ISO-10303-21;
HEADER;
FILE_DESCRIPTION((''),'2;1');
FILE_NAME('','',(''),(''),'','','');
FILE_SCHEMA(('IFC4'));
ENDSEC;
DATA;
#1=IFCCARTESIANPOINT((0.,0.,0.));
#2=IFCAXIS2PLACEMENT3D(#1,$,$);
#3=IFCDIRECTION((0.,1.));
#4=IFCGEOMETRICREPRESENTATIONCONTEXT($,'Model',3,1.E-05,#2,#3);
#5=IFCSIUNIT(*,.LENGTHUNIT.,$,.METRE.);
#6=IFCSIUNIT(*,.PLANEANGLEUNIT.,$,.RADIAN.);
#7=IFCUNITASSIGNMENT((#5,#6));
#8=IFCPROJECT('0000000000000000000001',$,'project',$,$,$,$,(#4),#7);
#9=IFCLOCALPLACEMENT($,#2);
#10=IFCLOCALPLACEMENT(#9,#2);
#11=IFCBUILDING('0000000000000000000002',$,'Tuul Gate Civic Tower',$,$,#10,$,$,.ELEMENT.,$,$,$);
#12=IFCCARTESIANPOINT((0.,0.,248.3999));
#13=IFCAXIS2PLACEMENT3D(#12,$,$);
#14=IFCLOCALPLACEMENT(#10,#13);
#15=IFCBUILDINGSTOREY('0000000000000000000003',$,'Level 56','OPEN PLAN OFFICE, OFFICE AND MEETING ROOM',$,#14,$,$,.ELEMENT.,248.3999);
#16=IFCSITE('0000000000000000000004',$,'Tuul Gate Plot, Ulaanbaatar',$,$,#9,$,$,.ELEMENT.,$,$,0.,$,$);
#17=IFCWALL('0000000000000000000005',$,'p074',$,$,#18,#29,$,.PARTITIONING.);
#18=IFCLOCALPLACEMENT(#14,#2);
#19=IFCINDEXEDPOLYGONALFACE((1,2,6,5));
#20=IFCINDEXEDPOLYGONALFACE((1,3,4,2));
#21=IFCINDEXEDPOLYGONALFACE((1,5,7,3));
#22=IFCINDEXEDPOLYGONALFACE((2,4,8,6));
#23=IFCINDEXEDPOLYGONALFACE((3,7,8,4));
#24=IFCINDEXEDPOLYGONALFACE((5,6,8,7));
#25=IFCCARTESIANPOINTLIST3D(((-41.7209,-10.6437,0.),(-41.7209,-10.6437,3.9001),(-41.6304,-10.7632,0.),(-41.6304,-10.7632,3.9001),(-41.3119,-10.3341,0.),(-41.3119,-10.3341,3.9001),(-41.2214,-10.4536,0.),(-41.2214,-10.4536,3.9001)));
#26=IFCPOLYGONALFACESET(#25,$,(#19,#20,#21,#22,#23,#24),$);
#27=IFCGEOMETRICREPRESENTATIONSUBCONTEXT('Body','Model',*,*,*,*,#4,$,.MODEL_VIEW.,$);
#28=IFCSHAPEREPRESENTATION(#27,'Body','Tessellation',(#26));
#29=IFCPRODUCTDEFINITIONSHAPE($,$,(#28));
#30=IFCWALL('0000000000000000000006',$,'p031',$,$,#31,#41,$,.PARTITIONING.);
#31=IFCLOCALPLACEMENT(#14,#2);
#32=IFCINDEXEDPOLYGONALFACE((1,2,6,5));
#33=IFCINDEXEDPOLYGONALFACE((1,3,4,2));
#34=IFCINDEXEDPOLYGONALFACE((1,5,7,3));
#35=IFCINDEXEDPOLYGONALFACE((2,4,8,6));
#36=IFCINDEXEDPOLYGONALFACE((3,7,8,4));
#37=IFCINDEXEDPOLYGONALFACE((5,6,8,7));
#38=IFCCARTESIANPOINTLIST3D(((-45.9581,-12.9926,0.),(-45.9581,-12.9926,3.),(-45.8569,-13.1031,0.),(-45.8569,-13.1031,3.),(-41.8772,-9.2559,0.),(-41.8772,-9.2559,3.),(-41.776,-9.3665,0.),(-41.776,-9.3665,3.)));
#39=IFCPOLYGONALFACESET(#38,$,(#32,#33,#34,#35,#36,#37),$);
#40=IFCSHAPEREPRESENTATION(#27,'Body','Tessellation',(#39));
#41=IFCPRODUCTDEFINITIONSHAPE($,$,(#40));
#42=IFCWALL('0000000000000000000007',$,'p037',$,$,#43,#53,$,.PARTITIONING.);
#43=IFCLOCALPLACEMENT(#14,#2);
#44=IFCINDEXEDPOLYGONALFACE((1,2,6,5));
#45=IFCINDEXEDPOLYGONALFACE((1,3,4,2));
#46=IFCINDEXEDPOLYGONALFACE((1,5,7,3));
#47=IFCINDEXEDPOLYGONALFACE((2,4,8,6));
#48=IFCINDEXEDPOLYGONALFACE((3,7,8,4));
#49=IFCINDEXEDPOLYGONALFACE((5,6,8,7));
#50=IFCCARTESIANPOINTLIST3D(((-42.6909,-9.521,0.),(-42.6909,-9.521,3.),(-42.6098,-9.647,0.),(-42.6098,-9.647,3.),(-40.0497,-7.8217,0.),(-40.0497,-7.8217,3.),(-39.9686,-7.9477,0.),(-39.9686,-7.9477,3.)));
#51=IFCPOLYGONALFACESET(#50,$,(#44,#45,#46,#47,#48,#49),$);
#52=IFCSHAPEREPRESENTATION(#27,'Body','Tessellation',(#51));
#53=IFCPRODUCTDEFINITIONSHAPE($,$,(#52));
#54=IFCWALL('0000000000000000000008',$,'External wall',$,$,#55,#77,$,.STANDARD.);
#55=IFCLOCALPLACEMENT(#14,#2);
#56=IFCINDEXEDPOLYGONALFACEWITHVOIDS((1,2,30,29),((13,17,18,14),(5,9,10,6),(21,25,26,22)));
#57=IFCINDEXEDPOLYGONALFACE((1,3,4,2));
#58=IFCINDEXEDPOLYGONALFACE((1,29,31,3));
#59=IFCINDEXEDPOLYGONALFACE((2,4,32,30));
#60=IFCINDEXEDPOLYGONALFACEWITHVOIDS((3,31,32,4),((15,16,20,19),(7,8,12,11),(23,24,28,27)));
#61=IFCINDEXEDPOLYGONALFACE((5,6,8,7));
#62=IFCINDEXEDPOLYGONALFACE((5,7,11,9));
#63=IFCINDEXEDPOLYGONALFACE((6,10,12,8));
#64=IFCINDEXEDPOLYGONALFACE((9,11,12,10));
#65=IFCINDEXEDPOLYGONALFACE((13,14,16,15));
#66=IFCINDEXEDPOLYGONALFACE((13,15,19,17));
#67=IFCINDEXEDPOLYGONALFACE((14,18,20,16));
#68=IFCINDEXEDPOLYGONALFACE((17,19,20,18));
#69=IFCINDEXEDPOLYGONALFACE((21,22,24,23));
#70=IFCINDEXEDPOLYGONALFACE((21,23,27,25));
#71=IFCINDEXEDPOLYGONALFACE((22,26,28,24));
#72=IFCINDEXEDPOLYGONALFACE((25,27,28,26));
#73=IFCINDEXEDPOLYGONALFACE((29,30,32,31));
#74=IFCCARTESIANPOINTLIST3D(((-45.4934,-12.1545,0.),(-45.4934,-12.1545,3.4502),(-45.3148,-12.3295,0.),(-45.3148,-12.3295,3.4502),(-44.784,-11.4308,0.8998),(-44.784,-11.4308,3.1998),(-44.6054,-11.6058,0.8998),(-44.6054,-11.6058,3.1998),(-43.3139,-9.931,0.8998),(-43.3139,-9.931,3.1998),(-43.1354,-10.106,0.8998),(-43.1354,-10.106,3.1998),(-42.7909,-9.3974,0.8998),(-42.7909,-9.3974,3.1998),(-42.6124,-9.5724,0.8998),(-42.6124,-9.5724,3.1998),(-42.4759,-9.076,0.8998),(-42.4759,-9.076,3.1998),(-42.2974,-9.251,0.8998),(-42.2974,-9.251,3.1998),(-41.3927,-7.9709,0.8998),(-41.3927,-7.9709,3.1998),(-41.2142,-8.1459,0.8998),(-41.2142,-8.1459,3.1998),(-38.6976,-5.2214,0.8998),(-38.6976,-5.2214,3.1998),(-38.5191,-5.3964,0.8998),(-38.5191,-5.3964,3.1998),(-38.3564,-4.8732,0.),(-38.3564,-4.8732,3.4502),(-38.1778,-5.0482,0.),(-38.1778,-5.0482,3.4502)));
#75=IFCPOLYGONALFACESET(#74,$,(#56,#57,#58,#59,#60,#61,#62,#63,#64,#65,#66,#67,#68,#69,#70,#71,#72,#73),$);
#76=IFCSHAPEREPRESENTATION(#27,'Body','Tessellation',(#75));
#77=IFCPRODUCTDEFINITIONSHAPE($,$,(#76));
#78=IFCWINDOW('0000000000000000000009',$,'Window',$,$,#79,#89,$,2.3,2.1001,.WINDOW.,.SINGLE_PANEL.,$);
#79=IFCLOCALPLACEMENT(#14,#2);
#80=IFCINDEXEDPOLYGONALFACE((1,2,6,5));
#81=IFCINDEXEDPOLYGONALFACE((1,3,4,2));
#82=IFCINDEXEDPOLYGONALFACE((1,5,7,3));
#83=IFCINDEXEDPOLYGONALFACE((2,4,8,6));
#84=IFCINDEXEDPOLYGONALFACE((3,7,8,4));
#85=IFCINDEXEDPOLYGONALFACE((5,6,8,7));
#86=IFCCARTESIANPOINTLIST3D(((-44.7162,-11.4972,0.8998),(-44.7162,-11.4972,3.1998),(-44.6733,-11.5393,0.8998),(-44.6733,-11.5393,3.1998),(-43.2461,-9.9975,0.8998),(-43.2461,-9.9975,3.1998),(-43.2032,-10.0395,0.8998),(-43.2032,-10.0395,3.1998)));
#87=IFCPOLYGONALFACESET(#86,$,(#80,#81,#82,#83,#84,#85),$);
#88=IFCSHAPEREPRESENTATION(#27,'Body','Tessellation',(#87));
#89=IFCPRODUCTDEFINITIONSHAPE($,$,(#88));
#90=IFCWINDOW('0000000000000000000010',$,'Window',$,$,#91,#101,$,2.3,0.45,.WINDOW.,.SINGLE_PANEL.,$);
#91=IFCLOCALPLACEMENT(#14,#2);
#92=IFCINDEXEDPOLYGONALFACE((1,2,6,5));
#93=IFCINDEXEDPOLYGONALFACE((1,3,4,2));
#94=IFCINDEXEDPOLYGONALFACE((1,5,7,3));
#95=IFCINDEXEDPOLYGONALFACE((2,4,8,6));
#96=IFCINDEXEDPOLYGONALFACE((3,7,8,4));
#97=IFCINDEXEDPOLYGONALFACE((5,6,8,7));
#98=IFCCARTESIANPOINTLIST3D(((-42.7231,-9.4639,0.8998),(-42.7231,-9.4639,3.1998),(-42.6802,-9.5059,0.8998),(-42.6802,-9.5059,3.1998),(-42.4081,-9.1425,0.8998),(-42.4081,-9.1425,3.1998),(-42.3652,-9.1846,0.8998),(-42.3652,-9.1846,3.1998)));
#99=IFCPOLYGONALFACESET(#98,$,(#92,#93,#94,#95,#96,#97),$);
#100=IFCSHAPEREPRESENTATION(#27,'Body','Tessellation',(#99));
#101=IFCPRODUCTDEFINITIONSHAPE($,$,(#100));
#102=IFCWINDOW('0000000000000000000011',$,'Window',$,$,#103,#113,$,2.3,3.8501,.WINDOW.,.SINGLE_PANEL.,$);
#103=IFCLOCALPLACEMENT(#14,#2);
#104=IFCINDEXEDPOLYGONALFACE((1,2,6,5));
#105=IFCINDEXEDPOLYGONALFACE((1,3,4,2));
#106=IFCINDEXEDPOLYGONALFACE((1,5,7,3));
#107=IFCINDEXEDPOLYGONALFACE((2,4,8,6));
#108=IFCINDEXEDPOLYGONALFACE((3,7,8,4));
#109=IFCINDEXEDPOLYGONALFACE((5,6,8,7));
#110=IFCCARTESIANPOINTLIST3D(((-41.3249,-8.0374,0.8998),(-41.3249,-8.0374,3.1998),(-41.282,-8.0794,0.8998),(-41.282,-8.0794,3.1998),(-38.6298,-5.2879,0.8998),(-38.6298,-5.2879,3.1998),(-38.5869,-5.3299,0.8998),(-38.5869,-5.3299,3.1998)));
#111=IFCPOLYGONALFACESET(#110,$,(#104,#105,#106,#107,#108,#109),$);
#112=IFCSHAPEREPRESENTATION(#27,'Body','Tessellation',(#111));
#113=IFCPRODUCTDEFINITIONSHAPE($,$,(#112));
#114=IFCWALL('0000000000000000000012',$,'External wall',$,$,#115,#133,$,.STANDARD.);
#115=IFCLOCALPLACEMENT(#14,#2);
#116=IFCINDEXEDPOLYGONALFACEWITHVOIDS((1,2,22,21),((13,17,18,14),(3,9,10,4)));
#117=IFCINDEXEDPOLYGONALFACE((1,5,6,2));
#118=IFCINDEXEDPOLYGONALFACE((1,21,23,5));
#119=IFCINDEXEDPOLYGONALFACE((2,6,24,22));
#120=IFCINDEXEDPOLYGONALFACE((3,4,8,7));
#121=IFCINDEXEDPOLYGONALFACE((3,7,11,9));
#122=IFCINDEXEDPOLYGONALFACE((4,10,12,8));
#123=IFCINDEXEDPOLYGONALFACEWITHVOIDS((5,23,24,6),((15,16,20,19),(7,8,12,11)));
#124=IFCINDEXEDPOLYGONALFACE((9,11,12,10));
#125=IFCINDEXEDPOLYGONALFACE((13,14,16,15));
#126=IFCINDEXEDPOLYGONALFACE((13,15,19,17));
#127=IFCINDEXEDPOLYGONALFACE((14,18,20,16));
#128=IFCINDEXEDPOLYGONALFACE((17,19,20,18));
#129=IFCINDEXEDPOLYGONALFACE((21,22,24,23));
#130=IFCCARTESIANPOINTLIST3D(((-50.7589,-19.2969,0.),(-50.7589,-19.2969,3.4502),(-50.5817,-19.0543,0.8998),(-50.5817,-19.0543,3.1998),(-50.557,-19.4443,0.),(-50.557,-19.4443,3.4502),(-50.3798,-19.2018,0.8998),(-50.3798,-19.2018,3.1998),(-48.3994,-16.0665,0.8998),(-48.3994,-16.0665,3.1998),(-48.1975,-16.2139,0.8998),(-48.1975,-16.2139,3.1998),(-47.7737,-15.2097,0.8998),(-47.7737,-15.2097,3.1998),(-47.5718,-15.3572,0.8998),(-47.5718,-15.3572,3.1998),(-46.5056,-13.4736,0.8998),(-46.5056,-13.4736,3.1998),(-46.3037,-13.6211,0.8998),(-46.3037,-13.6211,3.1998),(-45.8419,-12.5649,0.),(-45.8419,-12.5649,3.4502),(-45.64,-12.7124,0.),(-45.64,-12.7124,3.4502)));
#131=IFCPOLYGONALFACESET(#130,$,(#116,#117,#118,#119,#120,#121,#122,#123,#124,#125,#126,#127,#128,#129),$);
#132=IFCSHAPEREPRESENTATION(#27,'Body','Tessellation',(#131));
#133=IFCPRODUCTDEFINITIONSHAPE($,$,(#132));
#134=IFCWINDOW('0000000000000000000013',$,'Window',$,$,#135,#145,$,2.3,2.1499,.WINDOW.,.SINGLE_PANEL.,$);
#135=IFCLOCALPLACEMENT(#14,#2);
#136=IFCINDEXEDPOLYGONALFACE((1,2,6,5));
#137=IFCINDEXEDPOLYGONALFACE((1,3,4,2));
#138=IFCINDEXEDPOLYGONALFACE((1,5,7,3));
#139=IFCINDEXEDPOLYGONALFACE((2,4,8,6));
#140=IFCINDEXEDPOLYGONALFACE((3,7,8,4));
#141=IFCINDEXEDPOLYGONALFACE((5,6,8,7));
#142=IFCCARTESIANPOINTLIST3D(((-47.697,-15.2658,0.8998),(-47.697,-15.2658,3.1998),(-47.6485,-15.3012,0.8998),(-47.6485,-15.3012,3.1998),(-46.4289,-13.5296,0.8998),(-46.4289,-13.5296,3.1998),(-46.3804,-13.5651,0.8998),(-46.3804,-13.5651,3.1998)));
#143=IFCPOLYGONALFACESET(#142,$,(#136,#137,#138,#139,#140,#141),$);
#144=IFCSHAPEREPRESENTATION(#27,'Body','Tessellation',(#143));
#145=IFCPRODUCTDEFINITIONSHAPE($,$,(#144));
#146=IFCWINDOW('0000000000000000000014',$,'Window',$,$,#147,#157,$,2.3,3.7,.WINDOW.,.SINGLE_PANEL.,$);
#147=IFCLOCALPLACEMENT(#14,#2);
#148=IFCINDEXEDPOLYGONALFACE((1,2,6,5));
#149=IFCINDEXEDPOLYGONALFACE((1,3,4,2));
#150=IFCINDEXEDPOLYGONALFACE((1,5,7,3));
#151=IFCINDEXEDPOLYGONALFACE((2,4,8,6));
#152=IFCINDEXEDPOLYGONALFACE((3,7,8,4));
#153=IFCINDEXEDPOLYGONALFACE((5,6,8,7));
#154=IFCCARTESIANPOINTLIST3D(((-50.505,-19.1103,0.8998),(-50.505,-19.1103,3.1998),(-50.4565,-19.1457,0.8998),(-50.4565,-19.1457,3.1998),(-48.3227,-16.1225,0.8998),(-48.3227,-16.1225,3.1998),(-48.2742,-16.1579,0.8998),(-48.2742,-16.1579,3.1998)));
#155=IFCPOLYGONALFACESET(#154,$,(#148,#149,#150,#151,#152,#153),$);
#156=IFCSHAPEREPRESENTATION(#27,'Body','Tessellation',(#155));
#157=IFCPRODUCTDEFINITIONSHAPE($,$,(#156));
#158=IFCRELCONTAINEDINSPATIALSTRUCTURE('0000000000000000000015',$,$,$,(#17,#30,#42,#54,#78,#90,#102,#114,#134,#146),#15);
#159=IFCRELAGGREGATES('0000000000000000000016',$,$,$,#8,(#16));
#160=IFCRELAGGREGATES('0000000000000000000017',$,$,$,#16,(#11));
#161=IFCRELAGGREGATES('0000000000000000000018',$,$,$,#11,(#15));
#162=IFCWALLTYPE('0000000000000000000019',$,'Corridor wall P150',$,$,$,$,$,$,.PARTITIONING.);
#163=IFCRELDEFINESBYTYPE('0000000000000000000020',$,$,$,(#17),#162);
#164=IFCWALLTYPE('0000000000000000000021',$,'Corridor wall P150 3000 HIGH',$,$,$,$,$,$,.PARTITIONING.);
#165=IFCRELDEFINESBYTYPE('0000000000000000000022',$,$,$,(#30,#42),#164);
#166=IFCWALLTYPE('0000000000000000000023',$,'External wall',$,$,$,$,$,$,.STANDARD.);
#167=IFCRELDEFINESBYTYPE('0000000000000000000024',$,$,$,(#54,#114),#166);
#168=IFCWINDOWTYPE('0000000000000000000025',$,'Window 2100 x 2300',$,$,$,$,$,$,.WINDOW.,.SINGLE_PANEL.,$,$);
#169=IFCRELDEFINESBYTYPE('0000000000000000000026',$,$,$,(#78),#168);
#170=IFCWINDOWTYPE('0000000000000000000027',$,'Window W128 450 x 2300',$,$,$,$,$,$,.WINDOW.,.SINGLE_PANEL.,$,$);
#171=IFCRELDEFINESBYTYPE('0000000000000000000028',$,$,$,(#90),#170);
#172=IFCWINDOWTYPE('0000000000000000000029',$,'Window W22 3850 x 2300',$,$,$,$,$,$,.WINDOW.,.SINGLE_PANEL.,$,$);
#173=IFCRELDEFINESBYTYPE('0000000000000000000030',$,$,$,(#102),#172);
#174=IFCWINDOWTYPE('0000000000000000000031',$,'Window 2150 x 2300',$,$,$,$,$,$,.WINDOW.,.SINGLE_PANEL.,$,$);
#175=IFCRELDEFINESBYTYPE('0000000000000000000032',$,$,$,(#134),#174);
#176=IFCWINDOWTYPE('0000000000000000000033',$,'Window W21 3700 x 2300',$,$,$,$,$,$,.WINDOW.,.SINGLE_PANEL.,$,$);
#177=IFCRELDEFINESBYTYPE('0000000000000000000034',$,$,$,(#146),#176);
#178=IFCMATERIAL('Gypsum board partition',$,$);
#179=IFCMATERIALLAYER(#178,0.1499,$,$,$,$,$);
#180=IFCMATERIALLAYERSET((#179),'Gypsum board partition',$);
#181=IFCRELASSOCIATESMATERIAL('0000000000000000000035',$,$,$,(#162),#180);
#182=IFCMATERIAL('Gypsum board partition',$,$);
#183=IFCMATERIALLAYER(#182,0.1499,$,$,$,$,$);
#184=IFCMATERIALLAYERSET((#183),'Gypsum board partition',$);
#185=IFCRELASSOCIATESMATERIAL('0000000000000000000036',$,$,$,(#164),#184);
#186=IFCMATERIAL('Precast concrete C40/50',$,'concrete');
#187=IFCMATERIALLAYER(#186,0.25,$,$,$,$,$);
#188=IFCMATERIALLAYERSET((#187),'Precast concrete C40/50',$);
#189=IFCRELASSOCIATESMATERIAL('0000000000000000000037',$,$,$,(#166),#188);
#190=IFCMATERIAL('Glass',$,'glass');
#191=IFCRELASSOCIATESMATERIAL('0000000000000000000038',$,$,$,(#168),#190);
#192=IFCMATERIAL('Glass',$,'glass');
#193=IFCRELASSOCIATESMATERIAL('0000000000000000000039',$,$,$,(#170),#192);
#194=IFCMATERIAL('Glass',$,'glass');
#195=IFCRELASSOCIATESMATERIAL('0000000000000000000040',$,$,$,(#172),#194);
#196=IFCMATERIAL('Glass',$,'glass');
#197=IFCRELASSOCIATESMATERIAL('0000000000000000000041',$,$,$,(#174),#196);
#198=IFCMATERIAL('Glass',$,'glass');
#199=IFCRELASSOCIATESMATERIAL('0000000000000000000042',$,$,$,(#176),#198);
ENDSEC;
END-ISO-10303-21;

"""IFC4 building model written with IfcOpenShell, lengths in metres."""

from ifc_helpers import new_model, si_unit, direction, frame, frame_2d, origin, place, context, subcontext, project, spatial, rectangle, extrude, material, layer, layer_set, type_object, element, fill, save


model = new_model("IFC4")

# Units and contexts
model_context = context("Model", 3, precision=1e-05, world=origin(), true_north=direction((0.0, 1.0)))
body_context = subcontext(model_context, "Body", "Model", "MODEL_VIEW")
ifc_project = project(units=[si_unit("LENGTHUNIT", "METRE"), si_unit("PLANEANGLEUNIT", "RADIAN")], contexts=[model_context])

# Site, building, storey
site_placement = place(None, origin())
site = spatial("IfcSite", under=ifc_project, at=site_placement, Name="Tuul Gate Plot, Ulaanbaatar", CompositionType="ELEMENT", RefElevation=0.0)
building_placement = place(site_placement, origin())
building = spatial("IfcBuilding", under=site, at=building_placement, Name="Tuul Gate Civic Tower", CompositionType="ELEMENT")
storey_placement = place(building_placement, frame((0.0, 0.0, 248.3999)))
storey = spatial("IfcBuildingStorey", under=building, at=storey_placement, Name="Level 56", Description="OPEN PLAN OFFICE, OFFICE AND MEETING ROOM", CompositionType="ELEMENT", Elevation=248.3999)

# Shared definitions
ifc_material_1 = material(Name="Gypsum board partition")
ifc_layer_1 = layer(ifc_material_1, 0.1499)
ifc_layer_set_1 = layer_set([ifc_layer_1], Name="Gypsum board partition")
wall_type_1 = type_object("IfcWallType", Name="Corridor wall P150", PredefinedType="PARTITIONING", material=ifc_layer_set_1)

# Walls
wall_1_placement = place(storey_placement, frame((-41.6755, -10.7034, 0.0), z_axis=(0.0, 0.0, 1.0), x_axis=(0.797307, 0.603574, 0.0)))
element("IfcWall", 1, at=wall_1_placement, inside=storey, type_object=wall_type_1, Name="p074", PredefinedType="PARTITIONING", context=body_context, shape_type="SweptSolid", body=[
    extrude(rectangle(XDim=0.5129, YDim=0.1499, at=frame_2d((0.2563, 0.0))), origin(), (0.0, 0.0, 1.0), 3.9001),
])
ifc_material_2 = material(Name="Gypsum board partition")
ifc_layer_2 = layer(ifc_material_2, 0.1499)
ifc_layer_set_2 = layer_set([ifc_layer_2], Name="Gypsum board partition")
wall_type_2 = type_object("IfcWallType", Name="Corridor wall P150 3000 HIGH", PredefinedType="PARTITIONING", material=ifc_layer_set_2)
wall_2_placement = place(storey_placement, frame((-45.9075, -13.0479, 0.0), z_axis=(0.0, 0.0, 1.0), x_axis=(0.737529, 0.675315, 0.0)))
element("IfcWall", 2, at=wall_2_placement, inside=storey, type_object=wall_type_2, Name="p031", PredefinedType="PARTITIONING", context=body_context, shape_type="SweptSolid", body=[
    extrude(rectangle(XDim=5.5332, YDim=0.1499, at=frame_2d((2.7666, 0.0))), origin(), (0.0, 0.0, 1.0), 3.0),
])
wall_3_placement = place(storey_placement, frame((-42.6504, -9.584, 0.0), z_axis=(0.0, 0.0, 1.0), x_axis=(0.840981, 0.541064, 0.0)))
element("IfcWall", 3, at=wall_3_placement, inside=storey, type_object=wall_type_2, Name="p037", PredefinedType="PARTITIONING", context=body_context, shape_type="SweptSolid", body=[
    extrude(rectangle(XDim=3.1406, YDim=0.1499, at=frame_2d((1.5703, 0.0))), origin(), (0.0, 0.0, 1.0), 3.0),
])

# Walls, openings, windows
ifc_material_3 = material(Name="Precast concrete C40/50", Category="concrete")
ifc_layer_3 = layer(ifc_material_3, 0.25)
ifc_layer_set_3 = layer_set([ifc_layer_3], Name="Precast concrete C40/50")
wall_type_3 = type_object("IfcWallType", Name="External wall", PredefinedType="STANDARD", material=ifc_layer_set_3)
wall_4_placement = place(storey_placement, frame((-38.2671, -4.9607, 0.0), z_axis=(0.0, 0.0, 1.0), x_axis=(-0.699996, -0.714147, 0.0)))
wall_4 = element("IfcWall", 4, at=wall_4_placement, inside=storey, type_object=wall_type_3, Name="External wall", PredefinedType="STANDARD", context=body_context, shape_type="SweptSolid", body=[
    extrude(rectangle(XDim=10.1958, YDim=0.25, at=frame_2d((5.0979, 0.0))), origin(), (0.0, 0.0, 1.0), 3.4502),
])
opening_1_placement = place(wall_4_placement, frame((0.4875, 0.0, 0.8999)))
opening_1 = element("IfcOpeningElement", 5, at=opening_1_placement, cuts=wall_4, PredefinedType="OPENING", context=body_context, shape_type="SweptSolid", body=[
    extrude(rectangle(XDim=3.8501, YDim=2.3, at=frame_2d((1.925, 1.1499))), frame((0.0, 0.135, 0.0), z_axis=(0.0, -1.0, 0.0), x_axis=(1.0, 0.0, 0.0)), (0.0, 0.0, 1.0), 0.27),
])
opening_2_placement = place(wall_4_placement, frame((5.885, 0.0, 0.8999)))
opening_2 = element("IfcOpeningElement", 6, at=opening_2_placement, cuts=wall_4, PredefinedType="OPENING", context=body_context, shape_type="SweptSolid", body=[
    extrude(rectangle(XDim=0.45, YDim=2.3, at=frame_2d((0.2251, 1.1499))), frame((0.0, 0.135, 0.0), z_axis=(0.0, -1.0, 0.0), x_axis=(1.0, 0.0, 0.0)), (0.0, 0.0, 1.0), 0.27),
])
opening_3_placement = place(wall_4_placement, frame((7.0823, 0.0, 0.8999)))
opening_3 = element("IfcOpeningElement", 7, at=opening_3_placement, cuts=wall_4, PredefinedType="OPENING", context=body_context, shape_type="SweptSolid", body=[
    extrude(rectangle(XDim=2.1001, YDim=2.3, at=frame_2d((1.05, 1.1499))), frame((0.0, 0.135, 0.0), z_axis=(0.0, -1.0, 0.0), x_axis=(1.0, 0.0, 0.0)), (0.0, 0.0, 1.0), 0.27),
])
ifc_material_4 = material(Name="Glass", Category="glass")
window_type_1 = type_object("IfcWindowType", Name="Window 2100 x 2300", PartitioningType="SINGLE_PANEL", PredefinedType="WINDOW", material=ifc_material_4)
window_1_placement = place(opening_3_placement, origin())
window_1 = element("IfcWindow", 8, at=window_1_placement, inside=storey, type_object=window_type_1, Name="Window", OverallHeight=2.3, OverallWidth=2.1001, PartitioningType="SINGLE_PANEL", PredefinedType="WINDOW", context=body_context, shape_type="SweptSolid", body=[
    extrude(rectangle(XDim=2.1001, YDim=2.3, at=frame_2d((1.05, 1.1499))), frame((0.0, 0.03, 0.0), z_axis=(0.0, -1.0, 0.0), x_axis=(1.0, 0.0, 0.0)), (0.0, 0.0, 1.0), 0.0601),
])
fill(opening_3, window_1)
ifc_material_5 = material(Name="Glass", Category="glass")
window_type_2 = type_object("IfcWindowType", Name="Window W128 450 x 2300", PartitioningType="SINGLE_PANEL", PredefinedType="WINDOW", material=ifc_material_5)
window_2_placement = place(opening_2_placement, origin())
window_2 = element("IfcWindow", 9, at=window_2_placement, inside=storey, type_object=window_type_2, Name="Window", OverallHeight=2.3, OverallWidth=0.45, PartitioningType="SINGLE_PANEL", PredefinedType="WINDOW", context=body_context, shape_type="SweptSolid", body=[
    extrude(rectangle(XDim=0.45, YDim=2.3, at=frame_2d((0.2251, 1.1499))), frame((0.0, 0.03, 0.0), z_axis=(0.0, -1.0, 0.0), x_axis=(1.0, 0.0, 0.0)), (0.0, 0.0, 1.0), 0.0601),
])
fill(opening_2, window_2)
ifc_material_6 = material(Name="Glass", Category="glass")
window_type_3 = type_object("IfcWindowType", Name="Window W22 3850 x 2300", PartitioningType="SINGLE_PANEL", PredefinedType="WINDOW", material=ifc_material_6)
window_3_placement = place(opening_1_placement, origin())
window_3 = element("IfcWindow", 10, at=window_3_placement, inside=storey, type_object=window_type_3, Name="Window", OverallHeight=2.3, OverallWidth=3.8501, PartitioningType="SINGLE_PANEL", PredefinedType="WINDOW", context=body_context, shape_type="SweptSolid", body=[
    extrude(rectangle(XDim=3.8501, YDim=2.3, at=frame_2d((1.925, 1.1499))), frame((0.0, 0.03, 0.0), z_axis=(0.0, -1.0, 0.0), x_axis=(1.0, 0.0, 0.0)), (0.0, 0.0, 1.0), 0.0601),
])
fill(opening_1, window_3)
wall_5_placement = place(storey_placement, frame((-45.741, -12.6387, 0.0), z_axis=(0.0, 0.0, 1.0), x_axis=(-0.589821, -0.807534, 0.0)))
wall_5 = element("IfcWall", 11, at=wall_5_placement, inside=storey, type_object=wall_type_3, Name="External wall", PredefinedType="STANDARD", context=body_context, shape_type="SweptSolid", body=[
    extrude(rectangle(XDim=8.3364, YDim=0.25, at=frame_2d((4.1682, 0.0))), origin(), (0.0, 0.0, 1.0), 3.4502),
])
opening_4_placement = place(wall_5_placement, frame((4.3359, 0.0, 0.8999)))
opening_4 = element("IfcOpeningElement", 12, at=opening_4_placement, cuts=wall_5, PredefinedType="OPENING", context=body_context, shape_type="SweptSolid", body=[
    extrude(rectangle(XDim=3.7, YDim=2.3, at=frame_2d((1.8501, 1.1499))), frame((0.0, 0.135, 0.0), z_axis=(0.0, -1.0, 0.0), x_axis=(1.0, 0.0, 0.0)), (0.0, 0.0, 1.0), 0.27),
])
opening_5_placement = place(wall_5_placement, frame((1.1252, 0.0, 0.8999)))
opening_5 = element("IfcOpeningElement", 13, at=opening_5_placement, cuts=wall_5, PredefinedType="OPENING", context=body_context, shape_type="SweptSolid", body=[
    extrude(rectangle(XDim=2.1499, YDim=2.3, at=frame_2d((1.075, 1.1499))), frame((0.0, 0.135, 0.0), z_axis=(0.0, -1.0, 0.0), x_axis=(1.0, 0.0, 0.0)), (0.0, 0.0, 1.0), 0.27),
])
ifc_material_7 = material(Name="Glass", Category="glass")
window_type_4 = type_object("IfcWindowType", Name="Window 2150 x 2300", PartitioningType="SINGLE_PANEL", PredefinedType="WINDOW", material=ifc_material_7)
window_4_placement = place(opening_5_placement, origin())
window_4 = element("IfcWindow", 14, at=window_4_placement, inside=storey, type_object=window_type_4, Name="Window", OverallHeight=2.3, OverallWidth=2.1499, PartitioningType="SINGLE_PANEL", PredefinedType="WINDOW", context=body_context, shape_type="SweptSolid", body=[
    extrude(rectangle(XDim=2.1499, YDim=2.3, at=frame_2d((1.075, 1.1499))), frame((0.0, 0.03, 0.0), z_axis=(0.0, -1.0, 0.0), x_axis=(1.0, 0.0, 0.0)), (0.0, 0.0, 1.0), 0.0601),
])
fill(opening_5, window_4)
ifc_material_8 = material(Name="Glass", Category="glass")
window_type_5 = type_object("IfcWindowType", Name="Window W21 3700 x 2300", PartitioningType="SINGLE_PANEL", PredefinedType="WINDOW", material=ifc_material_8)
window_5_placement = place(opening_4_placement, origin())
window_5 = element("IfcWindow", 15, at=window_5_placement, inside=storey, type_object=window_type_5, Name="Window", OverallHeight=2.3, OverallWidth=3.7, PartitioningType="SINGLE_PANEL", PredefinedType="WINDOW", context=body_context, shape_type="SweptSolid", body=[
    extrude(rectangle(XDim=3.7, YDim=2.3, at=frame_2d((1.8501, 1.1499))), frame((0.0, 0.03, 0.0), z_axis=(0.0, -1.0, 0.0), x_axis=(1.0, 0.0, 0.0)), (0.0, 0.0, 1.0), 0.0601),
])
fill(opening_4, window_5)

save(model, "model.ifc")
